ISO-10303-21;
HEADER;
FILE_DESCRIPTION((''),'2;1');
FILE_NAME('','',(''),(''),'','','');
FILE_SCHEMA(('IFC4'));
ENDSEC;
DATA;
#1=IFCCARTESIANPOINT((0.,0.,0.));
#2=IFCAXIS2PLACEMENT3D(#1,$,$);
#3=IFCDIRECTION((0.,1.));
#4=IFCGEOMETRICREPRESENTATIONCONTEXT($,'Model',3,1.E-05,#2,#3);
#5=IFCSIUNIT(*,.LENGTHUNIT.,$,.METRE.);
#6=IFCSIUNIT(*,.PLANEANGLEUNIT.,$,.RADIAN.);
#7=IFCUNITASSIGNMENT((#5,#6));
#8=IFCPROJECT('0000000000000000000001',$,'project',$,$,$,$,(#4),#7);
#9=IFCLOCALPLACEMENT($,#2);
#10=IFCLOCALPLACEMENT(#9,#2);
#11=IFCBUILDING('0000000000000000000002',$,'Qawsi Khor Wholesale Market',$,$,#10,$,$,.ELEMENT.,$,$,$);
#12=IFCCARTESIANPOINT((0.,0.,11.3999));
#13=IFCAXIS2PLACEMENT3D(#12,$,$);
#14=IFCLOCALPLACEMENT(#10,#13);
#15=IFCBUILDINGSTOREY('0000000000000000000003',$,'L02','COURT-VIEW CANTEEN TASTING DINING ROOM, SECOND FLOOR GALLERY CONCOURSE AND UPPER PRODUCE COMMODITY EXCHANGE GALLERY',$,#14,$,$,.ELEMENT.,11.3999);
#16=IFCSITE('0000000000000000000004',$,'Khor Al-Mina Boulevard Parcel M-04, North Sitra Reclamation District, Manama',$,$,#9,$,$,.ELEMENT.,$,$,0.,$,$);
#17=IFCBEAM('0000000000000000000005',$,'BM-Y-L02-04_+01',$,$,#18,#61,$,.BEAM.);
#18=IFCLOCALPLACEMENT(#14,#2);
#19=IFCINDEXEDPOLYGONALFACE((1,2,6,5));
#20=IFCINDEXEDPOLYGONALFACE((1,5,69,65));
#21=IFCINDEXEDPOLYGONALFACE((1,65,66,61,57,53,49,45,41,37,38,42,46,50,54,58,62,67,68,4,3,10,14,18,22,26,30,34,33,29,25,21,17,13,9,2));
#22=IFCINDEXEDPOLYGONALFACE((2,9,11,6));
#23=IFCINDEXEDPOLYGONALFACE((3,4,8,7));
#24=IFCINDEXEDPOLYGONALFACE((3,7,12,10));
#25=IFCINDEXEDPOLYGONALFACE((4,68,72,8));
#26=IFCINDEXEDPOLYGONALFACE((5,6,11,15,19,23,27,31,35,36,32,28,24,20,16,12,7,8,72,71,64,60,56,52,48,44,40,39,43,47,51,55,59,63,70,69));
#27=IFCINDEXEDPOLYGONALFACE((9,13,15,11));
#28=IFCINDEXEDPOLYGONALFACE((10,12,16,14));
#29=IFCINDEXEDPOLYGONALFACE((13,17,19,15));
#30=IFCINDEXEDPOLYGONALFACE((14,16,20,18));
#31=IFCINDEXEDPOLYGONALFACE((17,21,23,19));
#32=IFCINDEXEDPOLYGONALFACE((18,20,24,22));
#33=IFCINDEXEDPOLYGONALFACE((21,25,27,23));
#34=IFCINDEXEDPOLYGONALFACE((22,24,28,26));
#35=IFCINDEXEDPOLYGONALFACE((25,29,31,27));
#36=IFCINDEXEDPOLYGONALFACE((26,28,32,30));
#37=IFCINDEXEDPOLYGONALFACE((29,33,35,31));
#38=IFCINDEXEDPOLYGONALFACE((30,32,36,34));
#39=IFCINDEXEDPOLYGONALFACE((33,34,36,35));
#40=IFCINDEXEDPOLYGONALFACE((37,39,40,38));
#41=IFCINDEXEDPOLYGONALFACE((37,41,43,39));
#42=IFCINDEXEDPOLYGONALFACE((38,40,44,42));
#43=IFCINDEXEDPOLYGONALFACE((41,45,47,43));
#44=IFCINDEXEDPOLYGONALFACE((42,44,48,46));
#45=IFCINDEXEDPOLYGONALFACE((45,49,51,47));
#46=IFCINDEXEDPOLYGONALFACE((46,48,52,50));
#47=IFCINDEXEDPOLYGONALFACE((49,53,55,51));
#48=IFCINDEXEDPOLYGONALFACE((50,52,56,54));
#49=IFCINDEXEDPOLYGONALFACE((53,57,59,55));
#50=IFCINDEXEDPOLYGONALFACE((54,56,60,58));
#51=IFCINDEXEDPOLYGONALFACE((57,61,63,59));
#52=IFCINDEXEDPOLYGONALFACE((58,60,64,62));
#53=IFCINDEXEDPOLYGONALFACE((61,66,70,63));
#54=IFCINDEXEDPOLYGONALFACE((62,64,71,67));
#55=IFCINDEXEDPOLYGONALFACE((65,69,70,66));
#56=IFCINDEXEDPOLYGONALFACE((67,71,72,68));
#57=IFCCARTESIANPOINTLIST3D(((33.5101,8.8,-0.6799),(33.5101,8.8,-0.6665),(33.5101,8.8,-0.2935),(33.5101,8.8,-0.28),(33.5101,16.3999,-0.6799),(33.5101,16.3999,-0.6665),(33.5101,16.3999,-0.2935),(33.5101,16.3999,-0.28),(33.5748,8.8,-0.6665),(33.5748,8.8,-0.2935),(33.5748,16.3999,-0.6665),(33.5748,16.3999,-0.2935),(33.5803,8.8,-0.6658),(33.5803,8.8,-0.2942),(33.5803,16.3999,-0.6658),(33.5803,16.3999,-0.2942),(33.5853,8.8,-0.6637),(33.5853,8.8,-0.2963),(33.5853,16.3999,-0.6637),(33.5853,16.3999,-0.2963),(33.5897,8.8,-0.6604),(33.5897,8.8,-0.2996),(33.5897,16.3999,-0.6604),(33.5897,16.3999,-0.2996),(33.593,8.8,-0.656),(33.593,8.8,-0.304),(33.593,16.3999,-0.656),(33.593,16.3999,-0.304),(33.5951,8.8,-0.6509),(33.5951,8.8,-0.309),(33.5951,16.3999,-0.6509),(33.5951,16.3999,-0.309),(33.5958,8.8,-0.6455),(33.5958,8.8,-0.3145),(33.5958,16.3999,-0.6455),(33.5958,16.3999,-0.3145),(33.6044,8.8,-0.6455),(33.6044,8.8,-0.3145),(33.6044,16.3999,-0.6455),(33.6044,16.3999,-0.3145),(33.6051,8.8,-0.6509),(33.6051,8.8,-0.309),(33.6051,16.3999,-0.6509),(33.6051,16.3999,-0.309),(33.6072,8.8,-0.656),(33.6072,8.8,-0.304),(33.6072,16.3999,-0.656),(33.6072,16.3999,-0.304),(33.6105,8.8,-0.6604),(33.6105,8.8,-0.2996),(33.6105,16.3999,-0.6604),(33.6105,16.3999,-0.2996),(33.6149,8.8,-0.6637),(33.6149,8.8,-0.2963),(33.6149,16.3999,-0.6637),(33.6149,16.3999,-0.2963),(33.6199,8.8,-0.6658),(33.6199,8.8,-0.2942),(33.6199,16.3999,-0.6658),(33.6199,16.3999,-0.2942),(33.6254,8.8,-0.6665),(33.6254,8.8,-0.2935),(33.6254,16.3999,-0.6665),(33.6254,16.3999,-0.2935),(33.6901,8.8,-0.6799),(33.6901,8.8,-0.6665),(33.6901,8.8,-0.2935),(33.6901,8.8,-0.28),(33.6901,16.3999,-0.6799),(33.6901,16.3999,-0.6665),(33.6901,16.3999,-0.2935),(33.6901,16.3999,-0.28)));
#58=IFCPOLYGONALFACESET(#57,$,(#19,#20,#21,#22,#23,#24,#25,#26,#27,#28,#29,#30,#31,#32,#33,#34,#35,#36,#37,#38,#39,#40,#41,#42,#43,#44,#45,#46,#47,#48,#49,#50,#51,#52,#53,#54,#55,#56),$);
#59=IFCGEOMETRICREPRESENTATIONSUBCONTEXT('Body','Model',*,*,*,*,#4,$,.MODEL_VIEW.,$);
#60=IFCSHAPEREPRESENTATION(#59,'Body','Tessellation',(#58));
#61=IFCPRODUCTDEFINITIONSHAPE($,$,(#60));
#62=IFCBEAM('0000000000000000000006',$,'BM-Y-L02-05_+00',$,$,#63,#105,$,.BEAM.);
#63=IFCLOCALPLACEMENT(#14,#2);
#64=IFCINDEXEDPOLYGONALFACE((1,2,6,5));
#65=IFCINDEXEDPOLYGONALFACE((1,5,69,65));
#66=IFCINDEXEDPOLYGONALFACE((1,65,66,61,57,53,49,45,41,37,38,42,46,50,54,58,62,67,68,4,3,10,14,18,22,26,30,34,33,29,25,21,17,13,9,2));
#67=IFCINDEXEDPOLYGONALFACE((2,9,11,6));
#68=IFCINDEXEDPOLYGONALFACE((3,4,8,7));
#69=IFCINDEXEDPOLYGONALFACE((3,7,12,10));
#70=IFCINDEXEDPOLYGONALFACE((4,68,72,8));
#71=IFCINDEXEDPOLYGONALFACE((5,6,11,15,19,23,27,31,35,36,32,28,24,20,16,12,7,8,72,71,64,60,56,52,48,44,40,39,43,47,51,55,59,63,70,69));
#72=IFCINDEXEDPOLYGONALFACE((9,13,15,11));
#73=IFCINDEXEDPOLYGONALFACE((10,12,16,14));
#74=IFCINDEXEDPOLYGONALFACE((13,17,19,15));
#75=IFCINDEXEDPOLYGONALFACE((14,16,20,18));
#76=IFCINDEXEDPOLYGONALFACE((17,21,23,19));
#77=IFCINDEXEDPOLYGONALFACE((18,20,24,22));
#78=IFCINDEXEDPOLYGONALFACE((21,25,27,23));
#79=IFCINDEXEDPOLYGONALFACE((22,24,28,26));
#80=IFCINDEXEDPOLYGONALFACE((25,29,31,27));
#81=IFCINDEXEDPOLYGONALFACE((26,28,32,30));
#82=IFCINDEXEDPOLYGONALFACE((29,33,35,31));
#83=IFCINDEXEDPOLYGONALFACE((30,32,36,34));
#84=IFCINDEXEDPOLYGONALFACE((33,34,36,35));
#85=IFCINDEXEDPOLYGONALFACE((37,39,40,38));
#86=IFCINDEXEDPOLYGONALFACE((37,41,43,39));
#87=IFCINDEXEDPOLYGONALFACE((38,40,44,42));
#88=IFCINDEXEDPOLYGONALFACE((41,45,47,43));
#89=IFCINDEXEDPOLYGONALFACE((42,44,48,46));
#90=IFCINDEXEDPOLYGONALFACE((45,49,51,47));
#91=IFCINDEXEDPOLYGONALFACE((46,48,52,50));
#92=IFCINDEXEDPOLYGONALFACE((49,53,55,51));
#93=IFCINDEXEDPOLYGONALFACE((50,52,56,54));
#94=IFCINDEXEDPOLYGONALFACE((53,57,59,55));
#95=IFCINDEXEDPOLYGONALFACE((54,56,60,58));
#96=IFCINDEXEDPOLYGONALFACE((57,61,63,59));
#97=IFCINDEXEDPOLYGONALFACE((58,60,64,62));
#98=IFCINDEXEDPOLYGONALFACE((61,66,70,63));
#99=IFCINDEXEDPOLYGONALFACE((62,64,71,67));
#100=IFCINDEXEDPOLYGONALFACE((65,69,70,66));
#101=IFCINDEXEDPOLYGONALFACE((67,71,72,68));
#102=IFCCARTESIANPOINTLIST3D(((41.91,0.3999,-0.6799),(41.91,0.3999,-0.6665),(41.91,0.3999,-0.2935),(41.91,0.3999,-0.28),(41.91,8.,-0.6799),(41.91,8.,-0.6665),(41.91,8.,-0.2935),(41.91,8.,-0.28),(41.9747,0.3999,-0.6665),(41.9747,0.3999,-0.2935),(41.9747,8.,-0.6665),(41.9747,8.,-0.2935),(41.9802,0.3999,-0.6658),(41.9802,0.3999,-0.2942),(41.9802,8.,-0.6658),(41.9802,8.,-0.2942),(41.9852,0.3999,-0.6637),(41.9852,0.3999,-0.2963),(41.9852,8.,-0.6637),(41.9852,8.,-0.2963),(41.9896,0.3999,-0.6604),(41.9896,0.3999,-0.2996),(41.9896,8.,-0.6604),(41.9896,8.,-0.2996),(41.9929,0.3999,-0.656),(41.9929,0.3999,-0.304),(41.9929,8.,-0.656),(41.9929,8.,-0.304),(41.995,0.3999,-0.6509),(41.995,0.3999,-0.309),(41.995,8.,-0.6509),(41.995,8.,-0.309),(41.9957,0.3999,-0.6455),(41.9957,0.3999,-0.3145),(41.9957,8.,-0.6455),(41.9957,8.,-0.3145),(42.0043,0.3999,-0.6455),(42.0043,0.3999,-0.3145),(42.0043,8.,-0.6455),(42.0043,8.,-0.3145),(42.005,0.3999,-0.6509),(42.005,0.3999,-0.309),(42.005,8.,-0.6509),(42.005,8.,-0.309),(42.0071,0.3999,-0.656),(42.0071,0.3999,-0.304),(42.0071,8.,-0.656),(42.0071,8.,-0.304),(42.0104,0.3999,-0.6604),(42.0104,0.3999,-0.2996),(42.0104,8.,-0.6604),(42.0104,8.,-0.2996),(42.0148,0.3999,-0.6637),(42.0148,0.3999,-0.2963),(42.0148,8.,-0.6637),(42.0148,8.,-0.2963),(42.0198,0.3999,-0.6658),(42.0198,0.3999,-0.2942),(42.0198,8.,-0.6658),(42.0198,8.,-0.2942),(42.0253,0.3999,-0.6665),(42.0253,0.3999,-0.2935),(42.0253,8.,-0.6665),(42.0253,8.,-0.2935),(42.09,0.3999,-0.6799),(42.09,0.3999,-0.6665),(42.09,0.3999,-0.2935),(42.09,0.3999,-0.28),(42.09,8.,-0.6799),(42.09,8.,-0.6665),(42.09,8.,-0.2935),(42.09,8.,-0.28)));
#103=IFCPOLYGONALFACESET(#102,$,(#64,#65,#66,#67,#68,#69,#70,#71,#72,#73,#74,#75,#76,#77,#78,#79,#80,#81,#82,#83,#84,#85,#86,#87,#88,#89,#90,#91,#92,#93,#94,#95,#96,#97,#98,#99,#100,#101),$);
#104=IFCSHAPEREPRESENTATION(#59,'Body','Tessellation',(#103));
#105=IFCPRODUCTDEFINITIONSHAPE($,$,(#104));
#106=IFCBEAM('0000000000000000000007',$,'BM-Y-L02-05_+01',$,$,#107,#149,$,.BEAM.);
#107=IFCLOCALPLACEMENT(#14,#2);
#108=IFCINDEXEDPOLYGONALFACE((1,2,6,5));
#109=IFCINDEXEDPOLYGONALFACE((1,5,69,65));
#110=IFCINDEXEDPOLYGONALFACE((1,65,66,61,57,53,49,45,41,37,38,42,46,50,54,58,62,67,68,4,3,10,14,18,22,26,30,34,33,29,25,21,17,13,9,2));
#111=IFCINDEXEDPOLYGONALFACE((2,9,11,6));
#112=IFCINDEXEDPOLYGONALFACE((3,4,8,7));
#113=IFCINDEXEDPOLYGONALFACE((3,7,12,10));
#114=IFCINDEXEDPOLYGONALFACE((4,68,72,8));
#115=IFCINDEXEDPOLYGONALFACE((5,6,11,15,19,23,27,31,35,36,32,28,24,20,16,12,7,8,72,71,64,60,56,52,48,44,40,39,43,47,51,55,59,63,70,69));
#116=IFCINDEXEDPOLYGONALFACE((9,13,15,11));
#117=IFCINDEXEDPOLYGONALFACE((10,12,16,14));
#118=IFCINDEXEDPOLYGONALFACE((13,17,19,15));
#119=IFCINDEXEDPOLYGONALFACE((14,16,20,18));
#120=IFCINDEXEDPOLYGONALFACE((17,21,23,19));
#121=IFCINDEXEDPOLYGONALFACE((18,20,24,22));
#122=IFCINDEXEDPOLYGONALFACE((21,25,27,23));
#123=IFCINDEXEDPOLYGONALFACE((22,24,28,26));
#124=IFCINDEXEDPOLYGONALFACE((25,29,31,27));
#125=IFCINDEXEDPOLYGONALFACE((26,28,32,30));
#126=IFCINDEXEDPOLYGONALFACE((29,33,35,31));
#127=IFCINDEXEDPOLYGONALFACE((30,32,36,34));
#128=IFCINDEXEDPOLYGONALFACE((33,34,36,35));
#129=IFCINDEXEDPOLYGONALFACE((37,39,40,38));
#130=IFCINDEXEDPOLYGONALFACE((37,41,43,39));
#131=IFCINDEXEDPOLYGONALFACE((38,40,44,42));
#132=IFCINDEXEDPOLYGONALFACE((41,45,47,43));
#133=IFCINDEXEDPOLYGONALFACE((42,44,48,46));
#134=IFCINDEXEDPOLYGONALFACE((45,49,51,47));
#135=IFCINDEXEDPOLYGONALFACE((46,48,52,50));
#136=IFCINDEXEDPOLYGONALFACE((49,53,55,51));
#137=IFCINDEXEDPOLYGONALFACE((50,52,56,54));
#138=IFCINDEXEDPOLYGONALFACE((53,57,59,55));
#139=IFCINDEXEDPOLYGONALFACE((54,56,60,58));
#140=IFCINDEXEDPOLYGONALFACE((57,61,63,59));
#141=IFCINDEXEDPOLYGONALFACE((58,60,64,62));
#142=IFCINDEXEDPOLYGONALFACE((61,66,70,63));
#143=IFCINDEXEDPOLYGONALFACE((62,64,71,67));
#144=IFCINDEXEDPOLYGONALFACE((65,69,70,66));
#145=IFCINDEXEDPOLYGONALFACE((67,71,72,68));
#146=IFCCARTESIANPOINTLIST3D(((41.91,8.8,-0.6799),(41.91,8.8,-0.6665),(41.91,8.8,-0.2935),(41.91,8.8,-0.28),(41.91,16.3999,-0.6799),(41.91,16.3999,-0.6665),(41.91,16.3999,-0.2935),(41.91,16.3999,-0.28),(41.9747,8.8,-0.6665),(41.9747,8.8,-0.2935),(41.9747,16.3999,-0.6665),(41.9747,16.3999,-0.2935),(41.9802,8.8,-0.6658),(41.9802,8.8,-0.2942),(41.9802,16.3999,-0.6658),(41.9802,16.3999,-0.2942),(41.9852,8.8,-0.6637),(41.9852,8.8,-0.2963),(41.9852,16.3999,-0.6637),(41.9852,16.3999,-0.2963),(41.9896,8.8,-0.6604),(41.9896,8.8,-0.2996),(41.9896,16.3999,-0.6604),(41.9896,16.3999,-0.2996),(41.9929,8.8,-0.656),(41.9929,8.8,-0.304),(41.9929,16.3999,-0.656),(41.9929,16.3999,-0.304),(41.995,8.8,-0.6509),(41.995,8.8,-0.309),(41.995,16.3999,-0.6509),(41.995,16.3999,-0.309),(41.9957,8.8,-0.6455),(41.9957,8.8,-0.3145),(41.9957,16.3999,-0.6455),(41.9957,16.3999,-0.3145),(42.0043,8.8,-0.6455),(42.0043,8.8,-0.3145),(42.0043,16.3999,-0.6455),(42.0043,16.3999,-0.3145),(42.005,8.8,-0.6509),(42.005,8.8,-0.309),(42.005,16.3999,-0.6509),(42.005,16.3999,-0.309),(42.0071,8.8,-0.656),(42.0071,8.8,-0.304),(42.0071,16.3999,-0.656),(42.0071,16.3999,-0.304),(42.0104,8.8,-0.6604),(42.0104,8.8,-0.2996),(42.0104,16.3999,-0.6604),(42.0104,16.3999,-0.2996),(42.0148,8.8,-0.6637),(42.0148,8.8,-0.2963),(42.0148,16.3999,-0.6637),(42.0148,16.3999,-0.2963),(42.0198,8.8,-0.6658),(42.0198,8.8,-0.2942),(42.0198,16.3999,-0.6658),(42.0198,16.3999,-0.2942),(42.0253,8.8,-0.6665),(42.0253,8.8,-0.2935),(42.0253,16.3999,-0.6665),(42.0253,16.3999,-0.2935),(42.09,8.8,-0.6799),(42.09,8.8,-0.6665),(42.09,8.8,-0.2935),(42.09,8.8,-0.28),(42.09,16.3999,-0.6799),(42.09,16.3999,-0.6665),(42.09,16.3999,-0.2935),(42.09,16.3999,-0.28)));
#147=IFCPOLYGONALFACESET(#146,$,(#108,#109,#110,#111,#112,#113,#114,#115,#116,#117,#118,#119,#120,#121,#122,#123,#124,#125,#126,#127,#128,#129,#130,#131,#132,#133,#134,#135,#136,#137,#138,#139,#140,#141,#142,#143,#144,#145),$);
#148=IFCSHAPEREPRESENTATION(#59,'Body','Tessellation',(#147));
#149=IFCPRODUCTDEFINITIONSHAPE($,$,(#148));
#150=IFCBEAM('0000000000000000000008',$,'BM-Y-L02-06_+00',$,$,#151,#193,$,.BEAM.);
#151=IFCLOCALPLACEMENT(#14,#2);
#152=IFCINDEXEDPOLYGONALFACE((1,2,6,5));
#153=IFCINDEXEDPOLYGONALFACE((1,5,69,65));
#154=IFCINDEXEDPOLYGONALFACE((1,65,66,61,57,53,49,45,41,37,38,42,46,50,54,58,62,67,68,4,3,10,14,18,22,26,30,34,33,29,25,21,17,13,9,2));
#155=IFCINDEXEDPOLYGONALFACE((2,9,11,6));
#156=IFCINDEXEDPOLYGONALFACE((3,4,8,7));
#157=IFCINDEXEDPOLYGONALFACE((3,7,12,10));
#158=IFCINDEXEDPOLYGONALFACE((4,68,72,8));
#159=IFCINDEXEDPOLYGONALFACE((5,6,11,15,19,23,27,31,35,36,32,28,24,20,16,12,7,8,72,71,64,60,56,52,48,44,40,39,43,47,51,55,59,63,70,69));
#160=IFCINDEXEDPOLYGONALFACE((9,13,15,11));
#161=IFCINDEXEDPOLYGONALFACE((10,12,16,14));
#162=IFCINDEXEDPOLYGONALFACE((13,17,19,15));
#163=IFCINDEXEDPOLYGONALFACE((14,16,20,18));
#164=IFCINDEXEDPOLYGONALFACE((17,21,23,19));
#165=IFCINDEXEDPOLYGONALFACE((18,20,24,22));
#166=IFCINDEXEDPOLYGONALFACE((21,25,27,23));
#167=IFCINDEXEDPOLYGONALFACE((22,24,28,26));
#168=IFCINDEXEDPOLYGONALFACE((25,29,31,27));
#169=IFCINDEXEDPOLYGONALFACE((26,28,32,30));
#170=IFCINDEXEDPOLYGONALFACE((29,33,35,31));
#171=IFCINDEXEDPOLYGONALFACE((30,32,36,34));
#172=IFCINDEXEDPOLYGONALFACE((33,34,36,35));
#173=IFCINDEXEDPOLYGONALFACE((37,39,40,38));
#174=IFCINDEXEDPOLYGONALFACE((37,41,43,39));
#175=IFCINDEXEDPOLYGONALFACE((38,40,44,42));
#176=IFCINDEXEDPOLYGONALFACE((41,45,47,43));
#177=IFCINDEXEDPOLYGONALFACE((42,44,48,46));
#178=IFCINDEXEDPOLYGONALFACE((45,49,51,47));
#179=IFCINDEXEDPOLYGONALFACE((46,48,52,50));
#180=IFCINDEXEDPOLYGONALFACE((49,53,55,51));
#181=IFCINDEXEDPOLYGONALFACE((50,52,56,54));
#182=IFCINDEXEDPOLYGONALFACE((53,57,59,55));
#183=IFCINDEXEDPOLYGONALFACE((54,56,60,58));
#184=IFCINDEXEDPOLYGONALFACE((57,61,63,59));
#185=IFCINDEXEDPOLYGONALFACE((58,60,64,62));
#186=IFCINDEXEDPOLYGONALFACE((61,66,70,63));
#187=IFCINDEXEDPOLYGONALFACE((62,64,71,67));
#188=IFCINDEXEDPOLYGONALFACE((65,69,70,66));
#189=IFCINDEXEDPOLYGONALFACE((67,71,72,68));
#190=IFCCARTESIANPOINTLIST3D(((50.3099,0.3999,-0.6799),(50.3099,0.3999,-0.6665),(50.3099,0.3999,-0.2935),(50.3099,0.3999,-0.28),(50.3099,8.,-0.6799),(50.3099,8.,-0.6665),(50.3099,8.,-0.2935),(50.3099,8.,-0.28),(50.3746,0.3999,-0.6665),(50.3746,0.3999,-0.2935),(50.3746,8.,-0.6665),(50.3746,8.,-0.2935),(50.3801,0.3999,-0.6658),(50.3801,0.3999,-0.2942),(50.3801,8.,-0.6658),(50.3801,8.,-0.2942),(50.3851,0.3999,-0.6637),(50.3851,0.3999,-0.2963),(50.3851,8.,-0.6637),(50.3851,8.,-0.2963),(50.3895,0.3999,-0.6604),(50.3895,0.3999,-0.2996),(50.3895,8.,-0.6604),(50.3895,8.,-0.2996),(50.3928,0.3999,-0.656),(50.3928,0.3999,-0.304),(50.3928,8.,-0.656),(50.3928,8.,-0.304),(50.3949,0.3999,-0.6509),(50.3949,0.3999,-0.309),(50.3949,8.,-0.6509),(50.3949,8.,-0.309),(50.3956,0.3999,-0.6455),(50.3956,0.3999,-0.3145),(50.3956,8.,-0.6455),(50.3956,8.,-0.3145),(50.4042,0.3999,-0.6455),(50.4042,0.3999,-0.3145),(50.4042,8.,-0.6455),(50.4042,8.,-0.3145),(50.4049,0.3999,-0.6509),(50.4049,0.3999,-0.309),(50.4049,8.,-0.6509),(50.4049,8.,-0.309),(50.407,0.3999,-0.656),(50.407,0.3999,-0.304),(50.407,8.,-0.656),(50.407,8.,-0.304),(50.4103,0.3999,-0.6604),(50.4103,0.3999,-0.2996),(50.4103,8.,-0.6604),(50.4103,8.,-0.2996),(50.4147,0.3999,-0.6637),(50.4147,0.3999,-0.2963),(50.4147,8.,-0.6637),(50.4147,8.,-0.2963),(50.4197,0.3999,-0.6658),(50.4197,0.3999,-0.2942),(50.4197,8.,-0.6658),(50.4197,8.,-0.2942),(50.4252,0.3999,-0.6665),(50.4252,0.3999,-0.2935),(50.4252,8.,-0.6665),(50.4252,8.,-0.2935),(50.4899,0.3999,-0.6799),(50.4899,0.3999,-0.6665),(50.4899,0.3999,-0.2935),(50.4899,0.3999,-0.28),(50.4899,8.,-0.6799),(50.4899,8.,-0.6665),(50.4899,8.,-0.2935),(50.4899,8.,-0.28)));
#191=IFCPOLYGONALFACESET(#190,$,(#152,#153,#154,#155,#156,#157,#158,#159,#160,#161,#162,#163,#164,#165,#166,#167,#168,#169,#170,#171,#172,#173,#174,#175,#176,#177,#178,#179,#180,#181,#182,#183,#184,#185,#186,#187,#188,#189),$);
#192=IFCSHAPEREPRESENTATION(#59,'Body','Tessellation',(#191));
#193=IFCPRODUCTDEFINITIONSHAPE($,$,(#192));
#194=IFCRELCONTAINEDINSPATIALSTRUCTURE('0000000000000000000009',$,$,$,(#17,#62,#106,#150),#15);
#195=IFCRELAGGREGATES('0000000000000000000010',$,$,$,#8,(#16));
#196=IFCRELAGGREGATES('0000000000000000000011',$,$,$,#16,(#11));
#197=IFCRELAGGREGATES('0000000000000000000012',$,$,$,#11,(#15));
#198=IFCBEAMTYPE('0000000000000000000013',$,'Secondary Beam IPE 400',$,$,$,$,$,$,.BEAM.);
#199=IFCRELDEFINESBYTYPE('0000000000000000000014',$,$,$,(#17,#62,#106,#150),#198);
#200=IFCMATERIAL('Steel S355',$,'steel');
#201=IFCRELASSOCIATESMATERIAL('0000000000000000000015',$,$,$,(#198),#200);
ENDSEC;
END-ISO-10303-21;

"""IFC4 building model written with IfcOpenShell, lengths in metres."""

from ifc_helpers import new_model, si_unit, direction, frame, origin, origin_2d, place, context, subcontext, project, spatial, i_section, extrude, material, material_profile, profile_set, type_object, element, save


model = new_model("IFC4")

# Units and contexts
model_context = context("Model", 3, precision=1e-05, world=origin(), true_north=direction((0.0, 1.0)))
body_context = subcontext(model_context, "Body", "Model", "MODEL_VIEW")
ifc_project = project(units=[si_unit("LENGTHUNIT", "METRE"), si_unit("PLANEANGLEUNIT", "RADIAN")], contexts=[model_context])

# Site, building, storey
site_placement = place(None, origin())
site = spatial("IfcSite", under=ifc_project, at=site_placement, Name="Khor Al-Mina Boulevard Parcel M-04, North Sitra Reclamation District, Manama", CompositionType="ELEMENT", RefElevation=0.0)
building_placement = place(site_placement, origin())
building = spatial("IfcBuilding", under=site, at=building_placement, Name="Qawsi Khor Wholesale Market", CompositionType="ELEMENT")
storey_placement = place(building_placement, frame((0.0, 0.0, 11.3999)))
storey = spatial("IfcBuildingStorey", under=building, at=storey_placement, Name="L02", Description="COURT-VIEW CANTEEN TASTING DINING ROOM, SECOND FLOOR GALLERY CONCOURSE AND UPPER PRODUCE COMMODITY EXCHANGE GALLERY", CompositionType="ELEMENT", Elevation=11.3999)

# Beams
ifc_material_1 = material(Name="Steel S355", Category="steel")
ifc_material_profile_1 = material_profile(ifc_material_1, i_section(OverallWidth=0.1799, OverallDepth=0.3999, WebThickness=0.0085, FlangeThickness=0.0134, FilletRadius=0.021, at=origin_2d()), Name="IPE 400")
ifc_profile_set_1 = profile_set([ifc_material_profile_1], Name="Steel S355")
beam_type_1 = type_object("IfcBeamType", Name="Secondary Beam IPE 400", PredefinedType="BEAM", material=ifc_profile_set_1)
beam_1_placement = place(storey_placement, frame((33.6001, 8.8, -0.48), z_axis=(0.0, 1.0, 0.0), x_axis=(-1.0, 0.0, 0.0)))
element("IfcBeam", 1, at=beam_1_placement, inside=storey, type_object=beam_type_1, Name="BM-Y-L02-04_+01", PredefinedType="BEAM", context=body_context, shape_type="SweptSolid", body=[
    extrude(i_section(OverallWidth=0.1799, OverallDepth=0.3999, WebThickness=0.0085, FlangeThickness=0.0134, FilletRadius=0.021, at=origin_2d()), origin(), (0.0, 0.0, 1.0), 7.5999),
])
beam_2_placement = place(storey_placement, frame((42.0, 0.3999, -0.48), z_axis=(0.0, 1.0, 0.0), x_axis=(-1.0, 0.0, 0.0)))
element("IfcBeam", 2, at=beam_2_placement, inside=storey, type_object=beam_type_1, Name="BM-Y-L02-05_+00", PredefinedType="BEAM", context=body_context, shape_type="SweptSolid", body=[
    extrude(i_section(OverallWidth=0.1799, OverallDepth=0.3999, WebThickness=0.0085, FlangeThickness=0.0134, FilletRadius=0.021, at=origin_2d()), origin(), (0.0, 0.0, 1.0), 7.6001),
])
beam_3_placement = place(storey_placement, frame((42.0, 8.8, -0.48), z_axis=(0.0, 1.0, 0.0), x_axis=(-1.0, 0.0, 0.0)))
element("IfcBeam", 3, at=beam_3_placement, inside=storey, type_object=beam_type_1, Name="BM-Y-L02-05_+01", PredefinedType="BEAM", context=body_context, shape_type="SweptSolid", body=[
    extrude(i_section(OverallWidth=0.1799, OverallDepth=0.3999, WebThickness=0.0085, FlangeThickness=0.0134, FilletRadius=0.021, at=origin_2d()), origin(), (0.0, 0.0, 1.0), 7.5999),
])
beam_4_placement = place(storey_placement, frame((50.3999, 0.3999, -0.48), z_axis=(0.0, 1.0, 0.0), x_axis=(-1.0, 0.0, 0.0)))
element("IfcBeam", 4, at=beam_4_placement, inside=storey, type_object=beam_type_1, Name="BM-Y-L02-06_+00", PredefinedType="BEAM", context=body_context, shape_type="SweptSolid", body=[
    extrude(i_section(OverallWidth=0.1799, OverallDepth=0.3999, WebThickness=0.0085, FlangeThickness=0.0134, FilletRadius=0.021, at=origin_2d()), origin(), (0.0, 0.0, 1.0), 7.6001),
])

save(model, "model.ifc")
